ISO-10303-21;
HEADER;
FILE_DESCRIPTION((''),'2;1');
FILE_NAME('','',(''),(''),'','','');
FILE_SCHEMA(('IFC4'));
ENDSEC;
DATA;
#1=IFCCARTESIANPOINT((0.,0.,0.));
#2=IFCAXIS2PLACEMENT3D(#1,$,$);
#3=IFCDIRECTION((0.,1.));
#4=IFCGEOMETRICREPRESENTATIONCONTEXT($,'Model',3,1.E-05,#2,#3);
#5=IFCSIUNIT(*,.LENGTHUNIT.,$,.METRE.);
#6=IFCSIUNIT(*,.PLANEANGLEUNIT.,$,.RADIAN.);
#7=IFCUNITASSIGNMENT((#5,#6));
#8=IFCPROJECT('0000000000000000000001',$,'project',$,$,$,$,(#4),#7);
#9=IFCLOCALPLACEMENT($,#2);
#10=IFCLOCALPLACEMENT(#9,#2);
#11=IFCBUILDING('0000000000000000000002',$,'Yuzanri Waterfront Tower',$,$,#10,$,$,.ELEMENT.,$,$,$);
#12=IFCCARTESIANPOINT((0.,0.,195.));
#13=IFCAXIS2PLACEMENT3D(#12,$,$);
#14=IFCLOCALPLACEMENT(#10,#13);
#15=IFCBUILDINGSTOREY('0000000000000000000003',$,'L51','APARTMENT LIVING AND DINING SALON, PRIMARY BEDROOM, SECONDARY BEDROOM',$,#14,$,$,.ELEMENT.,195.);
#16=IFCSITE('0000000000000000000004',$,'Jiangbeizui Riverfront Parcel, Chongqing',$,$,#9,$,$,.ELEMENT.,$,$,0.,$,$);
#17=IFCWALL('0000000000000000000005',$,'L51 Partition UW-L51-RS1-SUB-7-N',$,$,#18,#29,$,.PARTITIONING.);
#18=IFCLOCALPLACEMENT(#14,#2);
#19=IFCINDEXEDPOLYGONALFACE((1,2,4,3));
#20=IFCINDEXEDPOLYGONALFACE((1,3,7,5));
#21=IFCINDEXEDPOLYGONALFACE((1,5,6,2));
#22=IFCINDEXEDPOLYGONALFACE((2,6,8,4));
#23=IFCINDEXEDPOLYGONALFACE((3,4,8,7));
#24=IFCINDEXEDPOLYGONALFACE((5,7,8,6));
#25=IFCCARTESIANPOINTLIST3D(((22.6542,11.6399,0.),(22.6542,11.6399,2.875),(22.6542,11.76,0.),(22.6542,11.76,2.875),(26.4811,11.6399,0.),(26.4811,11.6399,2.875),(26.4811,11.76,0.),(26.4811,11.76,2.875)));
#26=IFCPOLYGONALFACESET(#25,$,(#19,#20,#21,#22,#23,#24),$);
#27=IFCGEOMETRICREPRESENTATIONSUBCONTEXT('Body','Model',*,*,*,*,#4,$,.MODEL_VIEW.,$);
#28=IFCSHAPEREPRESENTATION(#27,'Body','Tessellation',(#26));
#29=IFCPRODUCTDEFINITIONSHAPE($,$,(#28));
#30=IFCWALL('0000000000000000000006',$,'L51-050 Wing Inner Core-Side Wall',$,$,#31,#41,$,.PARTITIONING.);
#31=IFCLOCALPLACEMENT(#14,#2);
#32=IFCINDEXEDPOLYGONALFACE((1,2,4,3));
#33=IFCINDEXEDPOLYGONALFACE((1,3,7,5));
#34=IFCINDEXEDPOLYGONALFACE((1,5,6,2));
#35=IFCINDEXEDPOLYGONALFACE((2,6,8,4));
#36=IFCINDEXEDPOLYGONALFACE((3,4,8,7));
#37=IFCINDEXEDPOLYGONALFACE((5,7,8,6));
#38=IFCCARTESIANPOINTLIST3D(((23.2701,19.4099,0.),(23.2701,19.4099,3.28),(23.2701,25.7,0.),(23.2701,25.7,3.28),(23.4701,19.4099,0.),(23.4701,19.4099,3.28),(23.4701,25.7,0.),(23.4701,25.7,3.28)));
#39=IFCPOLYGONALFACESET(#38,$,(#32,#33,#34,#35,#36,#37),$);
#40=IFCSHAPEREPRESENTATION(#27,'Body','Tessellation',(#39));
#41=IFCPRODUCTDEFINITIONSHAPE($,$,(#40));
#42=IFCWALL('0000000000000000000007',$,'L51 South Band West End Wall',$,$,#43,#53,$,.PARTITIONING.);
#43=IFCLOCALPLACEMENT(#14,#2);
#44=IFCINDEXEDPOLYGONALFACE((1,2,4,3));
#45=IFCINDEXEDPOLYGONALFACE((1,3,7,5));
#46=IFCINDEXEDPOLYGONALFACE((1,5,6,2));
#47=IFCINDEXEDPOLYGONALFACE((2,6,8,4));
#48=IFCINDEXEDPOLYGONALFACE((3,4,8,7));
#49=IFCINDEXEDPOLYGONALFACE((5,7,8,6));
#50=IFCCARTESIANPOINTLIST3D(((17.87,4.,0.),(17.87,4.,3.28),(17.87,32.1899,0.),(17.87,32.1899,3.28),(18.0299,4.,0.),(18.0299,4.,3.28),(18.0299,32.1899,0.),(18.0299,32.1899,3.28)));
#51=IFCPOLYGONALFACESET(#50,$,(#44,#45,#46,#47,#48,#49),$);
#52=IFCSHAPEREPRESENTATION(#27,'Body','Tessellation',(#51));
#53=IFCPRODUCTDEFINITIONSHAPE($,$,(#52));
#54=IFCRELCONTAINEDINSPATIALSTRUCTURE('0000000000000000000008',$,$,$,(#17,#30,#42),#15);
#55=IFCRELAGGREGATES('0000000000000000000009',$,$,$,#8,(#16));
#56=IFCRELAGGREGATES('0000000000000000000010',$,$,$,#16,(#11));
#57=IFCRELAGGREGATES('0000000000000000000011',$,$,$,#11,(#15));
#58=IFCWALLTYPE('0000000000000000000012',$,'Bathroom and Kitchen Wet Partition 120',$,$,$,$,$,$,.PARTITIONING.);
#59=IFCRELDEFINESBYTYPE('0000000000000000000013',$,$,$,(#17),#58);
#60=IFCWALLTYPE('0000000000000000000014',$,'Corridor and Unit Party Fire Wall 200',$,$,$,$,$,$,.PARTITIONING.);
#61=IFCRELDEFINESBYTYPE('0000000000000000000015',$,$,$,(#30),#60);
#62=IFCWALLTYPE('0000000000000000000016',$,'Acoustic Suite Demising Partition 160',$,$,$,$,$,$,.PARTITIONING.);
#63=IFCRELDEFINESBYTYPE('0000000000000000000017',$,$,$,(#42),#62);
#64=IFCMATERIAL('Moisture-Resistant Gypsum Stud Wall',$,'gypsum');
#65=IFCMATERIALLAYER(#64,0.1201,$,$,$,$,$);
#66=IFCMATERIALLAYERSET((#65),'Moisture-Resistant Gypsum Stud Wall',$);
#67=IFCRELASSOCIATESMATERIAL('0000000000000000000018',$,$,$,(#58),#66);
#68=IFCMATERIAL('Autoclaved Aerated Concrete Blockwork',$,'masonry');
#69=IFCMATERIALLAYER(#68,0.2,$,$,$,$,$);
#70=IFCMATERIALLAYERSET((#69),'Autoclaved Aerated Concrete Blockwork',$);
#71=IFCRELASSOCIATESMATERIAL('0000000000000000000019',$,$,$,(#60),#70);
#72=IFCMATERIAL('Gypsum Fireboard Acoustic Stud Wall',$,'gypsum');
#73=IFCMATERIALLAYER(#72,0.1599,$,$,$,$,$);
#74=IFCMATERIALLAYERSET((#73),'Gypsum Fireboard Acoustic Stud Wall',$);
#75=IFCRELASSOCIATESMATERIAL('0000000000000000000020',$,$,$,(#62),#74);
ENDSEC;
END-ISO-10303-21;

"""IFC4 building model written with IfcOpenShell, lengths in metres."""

from ifc_helpers import new_model, si_unit, direction, frame, frame_2d, origin, place, context, subcontext, project, spatial, rectangle, extrude, source, transform, mapped, material, layer, layer_set, type_object, element, save


model = new_model("IFC4")

# Units and contexts
model_context = context("Model", 3, precision=1e-05, world=origin(), true_north=direction((0.0, 1.0)))
body_context = subcontext(model_context, "Body", "Model", "MODEL_VIEW")
ifc_project = project(units=[si_unit("LENGTHUNIT", "METRE"), si_unit("PLANEANGLEUNIT", "RADIAN")], contexts=[model_context])

# Site, building, storey
site_placement = place(None, origin())
site = spatial("IfcSite", under=ifc_project, at=site_placement, Name="Jiangbeizui Riverfront Parcel, Chongqing", CompositionType="ELEMENT", RefElevation=0.0)
building_placement = place(site_placement, origin())
building = spatial("IfcBuilding", under=site, at=building_placement, Name="Yuzanri Waterfront Tower", CompositionType="ELEMENT")
storey_placement = place(building_placement, frame((0.0, 0.0, 195.0)))
storey = spatial("IfcBuildingStorey", under=building, at=storey_placement, Name="L51", Description="APARTMENT LIVING AND DINING SALON, PRIMARY BEDROOM, SECONDARY BEDROOM", CompositionType="ELEMENT", Elevation=195.0)

# Shared definitions
ifc_material_1 = material(Name="Moisture-Resistant Gypsum Stud Wall", Category="gypsum")
ifc_layer_1 = layer(ifc_material_1, 0.1201)
ifc_layer_set_1 = layer_set([ifc_layer_1], Name="Moisture-Resistant Gypsum Stud Wall")
wall_type_1 = type_object("IfcWallType", Name="Bathroom and Kitchen Wet Partition 120", PredefinedType="PARTITIONING", material=ifc_layer_set_1)

# Shared definitions
ifc_material_2 = material(Name="Autoclaved Aerated Concrete Blockwork", Category="masonry")
ifc_layer_2 = layer(ifc_material_2, 0.2)
ifc_layer_set_2 = layer_set([ifc_layer_2], Name="Autoclaved Aerated Concrete Blockwork")
wall_type_2 = type_object("IfcWallType", Name="Corridor and Unit Party Fire Wall 200", PredefinedType="PARTITIONING", material=ifc_layer_set_2)

# Walls
shared_shape_1 = source(origin(), body_context, "Body", "SweptSolid", [
    extrude(rectangle(XDim=3.8269, YDim=0.1201, at=frame_2d((1.9136, 0.0))), origin(), (0.0, 0.0, 1.0), 2.875),
])
wall_1_placement = place(storey_placement, frame((22.6541, 11.7, 0.0), z_axis=(0.0, 0.0, 1.0), x_axis=(1.0, 0.0, 0.0)))
element("IfcWall", 1, at=wall_1_placement, inside=storey, type_object=wall_type_1, Name="L51 Partition UW-L51-RS1-SUB-7-N", PredefinedType="PARTITIONING", context=body_context, shape_type="MappedRepresentation", body=[
    mapped(shared_shape_1, transform((0.0, 0.0, 0.0), scale=1.0)),
])
shared_shape_2 = source(origin(), body_context, "Body", "SweptSolid", [
    extrude(rectangle(XDim=6.29, YDim=0.2, at=frame_2d((3.145, 0.0))), origin(), (0.0, 0.0, 1.0), 3.28),
])
wall_2_placement = place(storey_placement, frame((23.3701, 19.4099, 0.0), z_axis=(0.0, 0.0, 1.0), x_axis=(0.0, 1.0, 0.0)))
element("IfcWall", 2, at=wall_2_placement, inside=storey, type_object=wall_type_2, Name="L51-050 Wing Inner Core-Side Wall", PredefinedType="PARTITIONING", context=body_context, shape_type="MappedRepresentation", body=[
    mapped(shared_shape_2, transform((0.0, 0.0, 0.0), scale=1.0)),
])
ifc_material_3 = material(Name="Gypsum Fireboard Acoustic Stud Wall", Category="gypsum")
ifc_layer_3 = layer(ifc_material_3, 0.1599)
ifc_layer_set_3 = layer_set([ifc_layer_3], Name="Gypsum Fireboard Acoustic Stud Wall")
wall_type_3 = type_object("IfcWallType", Name="Acoustic Suite Demising Partition 160", PredefinedType="PARTITIONING", material=ifc_layer_set_3)
shared_shape_3 = source(origin(), body_context, "Body", "SweptSolid", [
    extrude(rectangle(XDim=28.1899, YDim=0.1599, at=frame_2d((14.095, 0.0))), origin(), (0.0, 0.0, 1.0), 3.28),
])
wall_3_placement = place(storey_placement, frame((17.95, 4.0, 0.0), z_axis=(0.0, 0.0, 1.0), x_axis=(0.0, 1.0, 0.0)))
element("IfcWall", 3, at=wall_3_placement, inside=storey, type_object=wall_type_3, Name="L51 South Band West End Wall", PredefinedType="PARTITIONING", context=body_context, shape_type="MappedRepresentation", body=[
    mapped(shared_shape_3, transform((0.0, 0.0, 0.0), scale=1.0)),
])

save(model, "model.ifc")
